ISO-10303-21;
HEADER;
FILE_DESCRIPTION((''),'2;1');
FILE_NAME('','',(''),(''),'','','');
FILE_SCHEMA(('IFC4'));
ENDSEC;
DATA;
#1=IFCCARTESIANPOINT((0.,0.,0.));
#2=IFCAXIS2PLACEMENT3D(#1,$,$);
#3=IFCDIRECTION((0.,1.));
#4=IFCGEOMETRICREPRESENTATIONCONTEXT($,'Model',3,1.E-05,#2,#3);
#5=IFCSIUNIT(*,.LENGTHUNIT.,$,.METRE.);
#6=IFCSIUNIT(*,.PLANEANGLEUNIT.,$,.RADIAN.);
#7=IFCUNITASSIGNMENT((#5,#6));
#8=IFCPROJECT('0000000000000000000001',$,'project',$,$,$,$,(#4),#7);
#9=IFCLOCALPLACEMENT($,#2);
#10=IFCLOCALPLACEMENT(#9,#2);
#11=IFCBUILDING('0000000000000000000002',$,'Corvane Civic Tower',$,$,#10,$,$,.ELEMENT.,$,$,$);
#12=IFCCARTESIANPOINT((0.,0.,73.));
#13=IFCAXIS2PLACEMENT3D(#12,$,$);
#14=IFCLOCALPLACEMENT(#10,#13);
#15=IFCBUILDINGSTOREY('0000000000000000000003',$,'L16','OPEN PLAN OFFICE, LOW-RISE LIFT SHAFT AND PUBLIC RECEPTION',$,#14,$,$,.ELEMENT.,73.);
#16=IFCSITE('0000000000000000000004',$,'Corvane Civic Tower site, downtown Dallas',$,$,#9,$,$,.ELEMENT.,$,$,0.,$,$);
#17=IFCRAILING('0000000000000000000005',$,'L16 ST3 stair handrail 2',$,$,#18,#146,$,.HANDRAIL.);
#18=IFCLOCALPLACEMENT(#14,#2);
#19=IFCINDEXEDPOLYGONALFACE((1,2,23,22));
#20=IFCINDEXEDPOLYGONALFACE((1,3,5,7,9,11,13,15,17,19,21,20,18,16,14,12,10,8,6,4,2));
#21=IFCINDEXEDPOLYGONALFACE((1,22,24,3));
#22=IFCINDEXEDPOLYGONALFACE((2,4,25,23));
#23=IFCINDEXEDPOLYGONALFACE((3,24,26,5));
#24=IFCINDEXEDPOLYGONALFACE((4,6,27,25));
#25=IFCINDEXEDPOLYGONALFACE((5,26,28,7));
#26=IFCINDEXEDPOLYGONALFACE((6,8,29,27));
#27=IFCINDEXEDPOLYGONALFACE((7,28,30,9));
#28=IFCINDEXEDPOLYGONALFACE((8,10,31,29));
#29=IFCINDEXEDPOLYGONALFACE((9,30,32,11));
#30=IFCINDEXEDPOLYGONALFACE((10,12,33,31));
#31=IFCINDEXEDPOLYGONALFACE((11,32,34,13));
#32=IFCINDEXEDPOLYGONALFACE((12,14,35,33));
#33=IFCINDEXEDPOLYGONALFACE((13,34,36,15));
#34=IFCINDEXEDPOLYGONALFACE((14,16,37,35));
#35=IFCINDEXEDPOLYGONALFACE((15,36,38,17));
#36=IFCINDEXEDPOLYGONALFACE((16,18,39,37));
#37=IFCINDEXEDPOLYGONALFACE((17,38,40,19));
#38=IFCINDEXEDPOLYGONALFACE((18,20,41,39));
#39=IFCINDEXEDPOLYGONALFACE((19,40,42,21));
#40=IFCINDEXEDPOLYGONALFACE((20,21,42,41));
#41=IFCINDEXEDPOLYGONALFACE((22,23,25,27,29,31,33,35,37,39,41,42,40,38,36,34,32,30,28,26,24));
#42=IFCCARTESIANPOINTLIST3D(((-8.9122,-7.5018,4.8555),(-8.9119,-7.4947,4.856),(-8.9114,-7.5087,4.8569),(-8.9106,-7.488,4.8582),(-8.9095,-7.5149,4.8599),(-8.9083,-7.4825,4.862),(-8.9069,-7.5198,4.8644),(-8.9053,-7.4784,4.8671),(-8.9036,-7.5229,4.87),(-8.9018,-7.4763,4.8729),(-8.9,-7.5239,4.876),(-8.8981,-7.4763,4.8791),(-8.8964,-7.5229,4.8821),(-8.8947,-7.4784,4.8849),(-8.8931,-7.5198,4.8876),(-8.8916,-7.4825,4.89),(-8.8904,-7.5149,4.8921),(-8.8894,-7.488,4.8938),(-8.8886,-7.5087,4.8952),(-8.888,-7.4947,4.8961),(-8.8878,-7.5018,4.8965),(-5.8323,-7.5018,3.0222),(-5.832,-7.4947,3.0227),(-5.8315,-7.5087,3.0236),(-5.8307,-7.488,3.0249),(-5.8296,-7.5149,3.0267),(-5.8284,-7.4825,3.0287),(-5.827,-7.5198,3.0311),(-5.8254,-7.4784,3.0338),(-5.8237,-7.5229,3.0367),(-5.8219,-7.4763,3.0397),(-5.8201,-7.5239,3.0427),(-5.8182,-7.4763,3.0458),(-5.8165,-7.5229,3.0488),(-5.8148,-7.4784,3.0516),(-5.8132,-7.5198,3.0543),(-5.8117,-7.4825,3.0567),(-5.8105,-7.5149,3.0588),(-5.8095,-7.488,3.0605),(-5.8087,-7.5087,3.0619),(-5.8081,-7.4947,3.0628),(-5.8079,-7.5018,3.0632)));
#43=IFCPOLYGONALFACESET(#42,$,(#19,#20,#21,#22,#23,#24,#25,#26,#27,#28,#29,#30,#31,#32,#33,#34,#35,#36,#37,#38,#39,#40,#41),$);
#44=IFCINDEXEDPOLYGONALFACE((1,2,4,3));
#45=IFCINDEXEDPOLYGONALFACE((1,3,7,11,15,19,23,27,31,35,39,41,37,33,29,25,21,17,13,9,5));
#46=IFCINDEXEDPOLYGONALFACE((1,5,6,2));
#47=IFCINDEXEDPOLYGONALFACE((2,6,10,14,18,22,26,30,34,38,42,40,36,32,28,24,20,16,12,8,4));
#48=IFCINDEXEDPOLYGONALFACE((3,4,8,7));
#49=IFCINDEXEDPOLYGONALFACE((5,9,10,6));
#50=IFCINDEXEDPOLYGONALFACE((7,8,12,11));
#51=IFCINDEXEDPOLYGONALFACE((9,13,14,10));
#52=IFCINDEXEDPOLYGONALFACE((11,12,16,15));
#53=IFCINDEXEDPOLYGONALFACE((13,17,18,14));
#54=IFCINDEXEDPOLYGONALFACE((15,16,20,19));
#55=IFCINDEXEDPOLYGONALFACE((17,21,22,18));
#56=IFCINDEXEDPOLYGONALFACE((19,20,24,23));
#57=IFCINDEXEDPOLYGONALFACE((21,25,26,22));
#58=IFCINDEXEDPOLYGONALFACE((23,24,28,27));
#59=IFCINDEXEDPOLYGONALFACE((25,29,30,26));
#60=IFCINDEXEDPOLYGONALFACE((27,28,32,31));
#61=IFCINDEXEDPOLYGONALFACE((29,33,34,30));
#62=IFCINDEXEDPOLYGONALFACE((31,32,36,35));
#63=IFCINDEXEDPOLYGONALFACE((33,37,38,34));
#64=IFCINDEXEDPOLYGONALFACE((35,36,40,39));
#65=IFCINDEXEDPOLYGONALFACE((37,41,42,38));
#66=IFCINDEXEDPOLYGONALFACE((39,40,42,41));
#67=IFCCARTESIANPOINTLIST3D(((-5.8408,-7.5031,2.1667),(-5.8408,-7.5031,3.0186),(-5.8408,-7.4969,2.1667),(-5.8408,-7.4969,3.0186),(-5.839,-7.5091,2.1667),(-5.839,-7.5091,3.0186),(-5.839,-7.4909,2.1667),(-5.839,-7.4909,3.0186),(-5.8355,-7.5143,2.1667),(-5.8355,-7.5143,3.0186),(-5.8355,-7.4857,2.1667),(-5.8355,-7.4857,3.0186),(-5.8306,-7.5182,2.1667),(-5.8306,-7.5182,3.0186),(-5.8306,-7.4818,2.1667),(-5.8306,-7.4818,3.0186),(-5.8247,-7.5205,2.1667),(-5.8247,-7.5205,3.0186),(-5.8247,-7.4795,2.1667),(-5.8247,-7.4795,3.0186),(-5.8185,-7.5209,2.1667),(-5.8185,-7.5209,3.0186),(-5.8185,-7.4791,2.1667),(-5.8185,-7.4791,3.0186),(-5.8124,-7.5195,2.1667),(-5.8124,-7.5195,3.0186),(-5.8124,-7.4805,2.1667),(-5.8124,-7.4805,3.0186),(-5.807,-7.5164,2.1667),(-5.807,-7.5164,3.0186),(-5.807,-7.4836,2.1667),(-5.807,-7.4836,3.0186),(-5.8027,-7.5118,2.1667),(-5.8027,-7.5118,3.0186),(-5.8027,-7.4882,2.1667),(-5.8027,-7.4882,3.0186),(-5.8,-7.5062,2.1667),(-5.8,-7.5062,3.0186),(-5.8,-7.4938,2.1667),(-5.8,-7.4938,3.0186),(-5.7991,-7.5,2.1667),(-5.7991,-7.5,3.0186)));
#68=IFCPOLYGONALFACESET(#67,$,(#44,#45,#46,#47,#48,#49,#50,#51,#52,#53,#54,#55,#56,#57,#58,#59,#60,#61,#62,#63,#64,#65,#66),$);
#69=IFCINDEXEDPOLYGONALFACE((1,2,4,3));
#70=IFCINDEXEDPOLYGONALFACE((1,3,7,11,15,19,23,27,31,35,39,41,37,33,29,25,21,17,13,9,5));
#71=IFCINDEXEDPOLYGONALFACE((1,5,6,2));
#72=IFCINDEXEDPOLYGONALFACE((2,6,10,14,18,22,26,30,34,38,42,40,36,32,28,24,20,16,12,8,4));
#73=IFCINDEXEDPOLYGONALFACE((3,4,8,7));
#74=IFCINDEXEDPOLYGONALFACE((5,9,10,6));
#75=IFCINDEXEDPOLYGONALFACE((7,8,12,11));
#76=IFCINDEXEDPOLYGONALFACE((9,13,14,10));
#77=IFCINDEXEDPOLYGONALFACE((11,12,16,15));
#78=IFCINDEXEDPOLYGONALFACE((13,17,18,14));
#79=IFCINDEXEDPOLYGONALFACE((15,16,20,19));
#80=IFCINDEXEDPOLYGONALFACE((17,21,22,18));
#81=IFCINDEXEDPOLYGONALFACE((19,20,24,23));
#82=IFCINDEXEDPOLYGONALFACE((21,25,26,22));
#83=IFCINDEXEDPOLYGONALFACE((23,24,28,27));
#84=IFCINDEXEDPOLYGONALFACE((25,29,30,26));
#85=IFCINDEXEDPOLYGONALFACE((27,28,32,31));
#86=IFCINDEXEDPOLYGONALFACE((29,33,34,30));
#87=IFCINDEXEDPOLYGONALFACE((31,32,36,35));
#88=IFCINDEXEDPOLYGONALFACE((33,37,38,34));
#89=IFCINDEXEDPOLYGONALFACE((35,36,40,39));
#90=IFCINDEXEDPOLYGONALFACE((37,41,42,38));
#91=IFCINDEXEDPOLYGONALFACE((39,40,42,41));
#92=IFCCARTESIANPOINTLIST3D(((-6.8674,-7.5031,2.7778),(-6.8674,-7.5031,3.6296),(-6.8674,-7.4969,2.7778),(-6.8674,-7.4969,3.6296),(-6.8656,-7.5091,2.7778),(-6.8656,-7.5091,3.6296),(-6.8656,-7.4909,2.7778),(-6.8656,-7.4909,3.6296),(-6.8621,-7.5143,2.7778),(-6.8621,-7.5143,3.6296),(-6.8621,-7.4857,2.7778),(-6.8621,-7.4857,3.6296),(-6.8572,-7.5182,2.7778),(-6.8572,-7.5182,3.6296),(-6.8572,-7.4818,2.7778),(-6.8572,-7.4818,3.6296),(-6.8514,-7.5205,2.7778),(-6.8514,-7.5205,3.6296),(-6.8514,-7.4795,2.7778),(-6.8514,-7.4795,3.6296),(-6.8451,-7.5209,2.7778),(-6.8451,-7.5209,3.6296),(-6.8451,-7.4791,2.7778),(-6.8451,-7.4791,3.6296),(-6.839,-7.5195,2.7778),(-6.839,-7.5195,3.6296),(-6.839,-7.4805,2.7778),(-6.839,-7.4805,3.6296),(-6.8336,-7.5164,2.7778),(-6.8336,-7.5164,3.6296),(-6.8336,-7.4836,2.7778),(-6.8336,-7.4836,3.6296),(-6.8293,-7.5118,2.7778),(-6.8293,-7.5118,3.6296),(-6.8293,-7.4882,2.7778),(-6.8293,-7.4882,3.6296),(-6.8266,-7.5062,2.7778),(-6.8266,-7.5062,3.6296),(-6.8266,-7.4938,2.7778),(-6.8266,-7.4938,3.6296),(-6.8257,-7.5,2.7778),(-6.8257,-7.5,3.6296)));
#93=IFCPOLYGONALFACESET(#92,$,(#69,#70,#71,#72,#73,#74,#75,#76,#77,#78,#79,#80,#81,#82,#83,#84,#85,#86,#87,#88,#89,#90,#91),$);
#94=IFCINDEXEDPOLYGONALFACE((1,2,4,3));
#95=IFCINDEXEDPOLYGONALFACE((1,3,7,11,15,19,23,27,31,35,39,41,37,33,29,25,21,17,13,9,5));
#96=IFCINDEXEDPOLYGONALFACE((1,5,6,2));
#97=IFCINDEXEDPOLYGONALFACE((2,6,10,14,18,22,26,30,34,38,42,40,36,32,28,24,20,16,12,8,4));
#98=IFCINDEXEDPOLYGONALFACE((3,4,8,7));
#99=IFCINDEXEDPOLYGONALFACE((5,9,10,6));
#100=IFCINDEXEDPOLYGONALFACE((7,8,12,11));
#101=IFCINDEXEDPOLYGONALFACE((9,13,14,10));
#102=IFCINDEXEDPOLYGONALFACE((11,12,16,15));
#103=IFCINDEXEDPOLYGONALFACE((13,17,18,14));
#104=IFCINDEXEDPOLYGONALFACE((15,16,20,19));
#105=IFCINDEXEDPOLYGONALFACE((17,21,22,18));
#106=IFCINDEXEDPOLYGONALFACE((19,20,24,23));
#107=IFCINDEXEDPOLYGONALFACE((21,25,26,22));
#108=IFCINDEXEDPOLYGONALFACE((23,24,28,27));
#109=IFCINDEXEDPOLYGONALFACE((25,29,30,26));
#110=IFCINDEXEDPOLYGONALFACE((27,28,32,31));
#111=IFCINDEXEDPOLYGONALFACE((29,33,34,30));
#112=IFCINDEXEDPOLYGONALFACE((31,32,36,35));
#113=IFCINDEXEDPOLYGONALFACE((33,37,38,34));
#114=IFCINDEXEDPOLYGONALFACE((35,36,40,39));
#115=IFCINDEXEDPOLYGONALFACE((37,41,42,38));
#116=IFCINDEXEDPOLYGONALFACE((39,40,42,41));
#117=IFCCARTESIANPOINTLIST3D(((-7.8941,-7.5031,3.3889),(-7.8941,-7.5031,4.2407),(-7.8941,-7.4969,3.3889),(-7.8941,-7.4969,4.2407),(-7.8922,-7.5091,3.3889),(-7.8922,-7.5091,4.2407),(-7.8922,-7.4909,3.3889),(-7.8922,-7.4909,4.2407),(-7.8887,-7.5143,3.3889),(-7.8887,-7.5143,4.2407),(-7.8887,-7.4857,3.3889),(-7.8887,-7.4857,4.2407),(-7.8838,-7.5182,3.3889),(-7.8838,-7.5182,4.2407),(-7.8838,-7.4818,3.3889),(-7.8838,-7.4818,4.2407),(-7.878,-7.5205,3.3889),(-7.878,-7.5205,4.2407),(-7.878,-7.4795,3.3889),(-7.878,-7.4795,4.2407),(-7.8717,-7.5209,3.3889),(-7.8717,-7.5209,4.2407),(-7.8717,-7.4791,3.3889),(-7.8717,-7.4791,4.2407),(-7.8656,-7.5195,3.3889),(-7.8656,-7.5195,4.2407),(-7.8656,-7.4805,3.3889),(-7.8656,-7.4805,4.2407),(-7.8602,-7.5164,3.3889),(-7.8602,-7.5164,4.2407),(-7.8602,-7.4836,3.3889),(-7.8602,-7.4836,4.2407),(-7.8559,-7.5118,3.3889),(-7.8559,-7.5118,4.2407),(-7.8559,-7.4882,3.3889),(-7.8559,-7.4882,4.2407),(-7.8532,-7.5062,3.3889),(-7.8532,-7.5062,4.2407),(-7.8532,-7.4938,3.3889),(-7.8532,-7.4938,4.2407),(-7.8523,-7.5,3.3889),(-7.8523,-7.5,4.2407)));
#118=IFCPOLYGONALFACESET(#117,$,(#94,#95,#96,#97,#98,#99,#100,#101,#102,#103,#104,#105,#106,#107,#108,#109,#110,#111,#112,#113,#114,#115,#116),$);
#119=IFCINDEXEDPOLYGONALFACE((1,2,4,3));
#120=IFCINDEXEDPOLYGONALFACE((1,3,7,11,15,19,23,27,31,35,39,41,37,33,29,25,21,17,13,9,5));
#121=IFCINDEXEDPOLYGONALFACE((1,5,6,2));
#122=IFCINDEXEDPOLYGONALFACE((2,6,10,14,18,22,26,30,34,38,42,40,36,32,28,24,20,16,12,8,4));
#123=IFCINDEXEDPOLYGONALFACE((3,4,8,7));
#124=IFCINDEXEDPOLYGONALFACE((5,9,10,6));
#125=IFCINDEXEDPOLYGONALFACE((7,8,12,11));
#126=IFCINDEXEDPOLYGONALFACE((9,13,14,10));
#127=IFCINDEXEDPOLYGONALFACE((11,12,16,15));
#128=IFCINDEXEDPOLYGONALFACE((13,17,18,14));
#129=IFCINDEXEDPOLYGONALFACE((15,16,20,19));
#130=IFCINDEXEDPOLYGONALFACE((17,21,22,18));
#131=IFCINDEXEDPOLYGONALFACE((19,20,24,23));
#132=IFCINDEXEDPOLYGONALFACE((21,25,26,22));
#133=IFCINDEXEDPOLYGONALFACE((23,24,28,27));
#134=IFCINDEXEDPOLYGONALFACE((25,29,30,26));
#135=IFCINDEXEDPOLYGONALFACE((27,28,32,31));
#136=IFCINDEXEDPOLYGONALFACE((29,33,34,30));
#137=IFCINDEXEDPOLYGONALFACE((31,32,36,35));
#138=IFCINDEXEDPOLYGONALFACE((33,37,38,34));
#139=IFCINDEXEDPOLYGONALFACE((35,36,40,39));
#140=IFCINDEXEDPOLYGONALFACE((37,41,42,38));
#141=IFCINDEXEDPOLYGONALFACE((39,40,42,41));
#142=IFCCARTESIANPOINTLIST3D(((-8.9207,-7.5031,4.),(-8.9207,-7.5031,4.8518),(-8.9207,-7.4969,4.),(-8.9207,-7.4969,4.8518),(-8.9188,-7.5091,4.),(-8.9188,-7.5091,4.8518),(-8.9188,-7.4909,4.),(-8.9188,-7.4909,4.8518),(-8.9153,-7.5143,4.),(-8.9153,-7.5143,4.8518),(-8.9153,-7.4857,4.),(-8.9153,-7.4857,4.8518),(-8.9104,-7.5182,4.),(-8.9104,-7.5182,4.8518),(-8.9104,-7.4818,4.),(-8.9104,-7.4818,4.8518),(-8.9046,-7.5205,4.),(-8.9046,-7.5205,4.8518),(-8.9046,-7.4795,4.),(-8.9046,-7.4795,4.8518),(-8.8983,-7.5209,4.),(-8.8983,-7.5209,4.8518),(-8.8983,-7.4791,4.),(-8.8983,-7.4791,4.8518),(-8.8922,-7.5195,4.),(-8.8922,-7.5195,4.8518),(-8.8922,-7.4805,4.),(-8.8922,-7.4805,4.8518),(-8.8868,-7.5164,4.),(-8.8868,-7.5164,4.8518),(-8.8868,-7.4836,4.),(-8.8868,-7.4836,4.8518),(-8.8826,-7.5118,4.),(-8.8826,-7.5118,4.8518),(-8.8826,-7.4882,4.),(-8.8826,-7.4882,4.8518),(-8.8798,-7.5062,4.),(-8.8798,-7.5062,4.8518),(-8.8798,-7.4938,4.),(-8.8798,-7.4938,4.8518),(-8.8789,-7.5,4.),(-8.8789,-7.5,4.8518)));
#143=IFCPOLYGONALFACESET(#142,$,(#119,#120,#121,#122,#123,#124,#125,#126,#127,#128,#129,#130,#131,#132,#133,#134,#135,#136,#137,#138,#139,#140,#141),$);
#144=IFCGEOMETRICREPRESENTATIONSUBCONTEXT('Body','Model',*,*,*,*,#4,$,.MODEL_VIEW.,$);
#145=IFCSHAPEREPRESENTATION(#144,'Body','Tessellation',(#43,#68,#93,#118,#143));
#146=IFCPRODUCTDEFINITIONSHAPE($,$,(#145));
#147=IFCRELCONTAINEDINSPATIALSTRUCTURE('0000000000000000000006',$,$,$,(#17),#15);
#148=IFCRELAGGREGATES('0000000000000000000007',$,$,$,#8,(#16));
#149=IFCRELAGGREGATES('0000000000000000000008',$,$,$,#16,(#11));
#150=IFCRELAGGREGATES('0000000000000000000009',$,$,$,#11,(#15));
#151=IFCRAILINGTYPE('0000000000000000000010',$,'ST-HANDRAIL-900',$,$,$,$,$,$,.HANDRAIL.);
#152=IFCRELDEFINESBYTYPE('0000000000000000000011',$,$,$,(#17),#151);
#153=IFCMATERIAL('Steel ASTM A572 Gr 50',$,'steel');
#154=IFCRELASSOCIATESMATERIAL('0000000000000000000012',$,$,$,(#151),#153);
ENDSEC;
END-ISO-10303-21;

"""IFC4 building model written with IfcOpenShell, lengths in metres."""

from ifc_helpers import new_model, si_unit, direction, frame, origin, origin_2d, place, context, subcontext, project, spatial, circle, extrude, material, type_object, element, save


model = new_model("IFC4")

# Units and contexts
model_context = context("Model", 3, precision=1e-05, world=origin(), true_north=direction((0.0, 1.0)))
body_context = subcontext(model_context, "Body", "Model", "MODEL_VIEW")
ifc_project = project(units=[si_unit("LENGTHUNIT", "METRE"), si_unit("PLANEANGLEUNIT", "RADIAN")], contexts=[model_context])

# Site, building, storey
site_placement = place(None, origin())
site = spatial("IfcSite", under=ifc_project, at=site_placement, Name="Corvane Civic Tower site, downtown Dallas", CompositionType="ELEMENT", RefElevation=0.0)
building_placement = place(site_placement, origin())
building = spatial("IfcBuilding", under=site, at=building_placement, Name="Corvane Civic Tower", CompositionType="ELEMENT")
storey_placement = place(building_placement, frame((0.0, 0.0, 73.0)))
storey = spatial("IfcBuildingStorey", under=building, at=storey_placement, Name="L16", Description="OPEN PLAN OFFICE, LOW-RISE LIFT SHAFT AND PUBLIC RECEPTION", CompositionType="ELEMENT", Elevation=73.0)

# Railing
ifc_material_1 = material(Name="Steel ASTM A572 Gr 50", Category="steel")
railing_type = type_object("IfcRailingType", Name="ST-HANDRAIL-900", PredefinedType="HANDRAIL", material=ifc_material_1)
railing_1_placement = place(storey_placement, frame((-5.8201, -7.5, 2.1667)))
element("IfcRailing", 1, at=railing_1_placement, inside=storey, type_object=railing_type, Name="L16 ST3 stair handrail 2", PredefinedType="HANDRAIL", context=body_context, shape_type="SweptSolid", body=[
    extrude(circle(Radius=0.0239, at=origin_2d()), frame((0.0, 0.0, 0.876), z_axis=(-0.859291, 0.0, 0.511487), x_axis=(0.0, -1.0, 0.0)), (0.0, 0.0, 1.0), 3.5842),
    extrude(circle(Radius=0.021, at=origin_2d()), origin(), (0.0, 0.0, 1.0), 0.8518),
    extrude(circle(Radius=0.021, at=origin_2d()), frame((-1.0266, 0.0, 0.6111)), (0.0, 0.0, 1.0), 0.8518),
    extrude(circle(Radius=0.021, at=origin_2d()), frame((-2.0532, 0.0, 1.2222)), (0.0, 0.0, 1.0), 0.8518),
    extrude(circle(Radius=0.021, at=origin_2d()), frame((-3.0798, 0.0, 1.8333)), (0.0, 0.0, 1.0), 0.8518),
])

save(model, "model.ifc")
